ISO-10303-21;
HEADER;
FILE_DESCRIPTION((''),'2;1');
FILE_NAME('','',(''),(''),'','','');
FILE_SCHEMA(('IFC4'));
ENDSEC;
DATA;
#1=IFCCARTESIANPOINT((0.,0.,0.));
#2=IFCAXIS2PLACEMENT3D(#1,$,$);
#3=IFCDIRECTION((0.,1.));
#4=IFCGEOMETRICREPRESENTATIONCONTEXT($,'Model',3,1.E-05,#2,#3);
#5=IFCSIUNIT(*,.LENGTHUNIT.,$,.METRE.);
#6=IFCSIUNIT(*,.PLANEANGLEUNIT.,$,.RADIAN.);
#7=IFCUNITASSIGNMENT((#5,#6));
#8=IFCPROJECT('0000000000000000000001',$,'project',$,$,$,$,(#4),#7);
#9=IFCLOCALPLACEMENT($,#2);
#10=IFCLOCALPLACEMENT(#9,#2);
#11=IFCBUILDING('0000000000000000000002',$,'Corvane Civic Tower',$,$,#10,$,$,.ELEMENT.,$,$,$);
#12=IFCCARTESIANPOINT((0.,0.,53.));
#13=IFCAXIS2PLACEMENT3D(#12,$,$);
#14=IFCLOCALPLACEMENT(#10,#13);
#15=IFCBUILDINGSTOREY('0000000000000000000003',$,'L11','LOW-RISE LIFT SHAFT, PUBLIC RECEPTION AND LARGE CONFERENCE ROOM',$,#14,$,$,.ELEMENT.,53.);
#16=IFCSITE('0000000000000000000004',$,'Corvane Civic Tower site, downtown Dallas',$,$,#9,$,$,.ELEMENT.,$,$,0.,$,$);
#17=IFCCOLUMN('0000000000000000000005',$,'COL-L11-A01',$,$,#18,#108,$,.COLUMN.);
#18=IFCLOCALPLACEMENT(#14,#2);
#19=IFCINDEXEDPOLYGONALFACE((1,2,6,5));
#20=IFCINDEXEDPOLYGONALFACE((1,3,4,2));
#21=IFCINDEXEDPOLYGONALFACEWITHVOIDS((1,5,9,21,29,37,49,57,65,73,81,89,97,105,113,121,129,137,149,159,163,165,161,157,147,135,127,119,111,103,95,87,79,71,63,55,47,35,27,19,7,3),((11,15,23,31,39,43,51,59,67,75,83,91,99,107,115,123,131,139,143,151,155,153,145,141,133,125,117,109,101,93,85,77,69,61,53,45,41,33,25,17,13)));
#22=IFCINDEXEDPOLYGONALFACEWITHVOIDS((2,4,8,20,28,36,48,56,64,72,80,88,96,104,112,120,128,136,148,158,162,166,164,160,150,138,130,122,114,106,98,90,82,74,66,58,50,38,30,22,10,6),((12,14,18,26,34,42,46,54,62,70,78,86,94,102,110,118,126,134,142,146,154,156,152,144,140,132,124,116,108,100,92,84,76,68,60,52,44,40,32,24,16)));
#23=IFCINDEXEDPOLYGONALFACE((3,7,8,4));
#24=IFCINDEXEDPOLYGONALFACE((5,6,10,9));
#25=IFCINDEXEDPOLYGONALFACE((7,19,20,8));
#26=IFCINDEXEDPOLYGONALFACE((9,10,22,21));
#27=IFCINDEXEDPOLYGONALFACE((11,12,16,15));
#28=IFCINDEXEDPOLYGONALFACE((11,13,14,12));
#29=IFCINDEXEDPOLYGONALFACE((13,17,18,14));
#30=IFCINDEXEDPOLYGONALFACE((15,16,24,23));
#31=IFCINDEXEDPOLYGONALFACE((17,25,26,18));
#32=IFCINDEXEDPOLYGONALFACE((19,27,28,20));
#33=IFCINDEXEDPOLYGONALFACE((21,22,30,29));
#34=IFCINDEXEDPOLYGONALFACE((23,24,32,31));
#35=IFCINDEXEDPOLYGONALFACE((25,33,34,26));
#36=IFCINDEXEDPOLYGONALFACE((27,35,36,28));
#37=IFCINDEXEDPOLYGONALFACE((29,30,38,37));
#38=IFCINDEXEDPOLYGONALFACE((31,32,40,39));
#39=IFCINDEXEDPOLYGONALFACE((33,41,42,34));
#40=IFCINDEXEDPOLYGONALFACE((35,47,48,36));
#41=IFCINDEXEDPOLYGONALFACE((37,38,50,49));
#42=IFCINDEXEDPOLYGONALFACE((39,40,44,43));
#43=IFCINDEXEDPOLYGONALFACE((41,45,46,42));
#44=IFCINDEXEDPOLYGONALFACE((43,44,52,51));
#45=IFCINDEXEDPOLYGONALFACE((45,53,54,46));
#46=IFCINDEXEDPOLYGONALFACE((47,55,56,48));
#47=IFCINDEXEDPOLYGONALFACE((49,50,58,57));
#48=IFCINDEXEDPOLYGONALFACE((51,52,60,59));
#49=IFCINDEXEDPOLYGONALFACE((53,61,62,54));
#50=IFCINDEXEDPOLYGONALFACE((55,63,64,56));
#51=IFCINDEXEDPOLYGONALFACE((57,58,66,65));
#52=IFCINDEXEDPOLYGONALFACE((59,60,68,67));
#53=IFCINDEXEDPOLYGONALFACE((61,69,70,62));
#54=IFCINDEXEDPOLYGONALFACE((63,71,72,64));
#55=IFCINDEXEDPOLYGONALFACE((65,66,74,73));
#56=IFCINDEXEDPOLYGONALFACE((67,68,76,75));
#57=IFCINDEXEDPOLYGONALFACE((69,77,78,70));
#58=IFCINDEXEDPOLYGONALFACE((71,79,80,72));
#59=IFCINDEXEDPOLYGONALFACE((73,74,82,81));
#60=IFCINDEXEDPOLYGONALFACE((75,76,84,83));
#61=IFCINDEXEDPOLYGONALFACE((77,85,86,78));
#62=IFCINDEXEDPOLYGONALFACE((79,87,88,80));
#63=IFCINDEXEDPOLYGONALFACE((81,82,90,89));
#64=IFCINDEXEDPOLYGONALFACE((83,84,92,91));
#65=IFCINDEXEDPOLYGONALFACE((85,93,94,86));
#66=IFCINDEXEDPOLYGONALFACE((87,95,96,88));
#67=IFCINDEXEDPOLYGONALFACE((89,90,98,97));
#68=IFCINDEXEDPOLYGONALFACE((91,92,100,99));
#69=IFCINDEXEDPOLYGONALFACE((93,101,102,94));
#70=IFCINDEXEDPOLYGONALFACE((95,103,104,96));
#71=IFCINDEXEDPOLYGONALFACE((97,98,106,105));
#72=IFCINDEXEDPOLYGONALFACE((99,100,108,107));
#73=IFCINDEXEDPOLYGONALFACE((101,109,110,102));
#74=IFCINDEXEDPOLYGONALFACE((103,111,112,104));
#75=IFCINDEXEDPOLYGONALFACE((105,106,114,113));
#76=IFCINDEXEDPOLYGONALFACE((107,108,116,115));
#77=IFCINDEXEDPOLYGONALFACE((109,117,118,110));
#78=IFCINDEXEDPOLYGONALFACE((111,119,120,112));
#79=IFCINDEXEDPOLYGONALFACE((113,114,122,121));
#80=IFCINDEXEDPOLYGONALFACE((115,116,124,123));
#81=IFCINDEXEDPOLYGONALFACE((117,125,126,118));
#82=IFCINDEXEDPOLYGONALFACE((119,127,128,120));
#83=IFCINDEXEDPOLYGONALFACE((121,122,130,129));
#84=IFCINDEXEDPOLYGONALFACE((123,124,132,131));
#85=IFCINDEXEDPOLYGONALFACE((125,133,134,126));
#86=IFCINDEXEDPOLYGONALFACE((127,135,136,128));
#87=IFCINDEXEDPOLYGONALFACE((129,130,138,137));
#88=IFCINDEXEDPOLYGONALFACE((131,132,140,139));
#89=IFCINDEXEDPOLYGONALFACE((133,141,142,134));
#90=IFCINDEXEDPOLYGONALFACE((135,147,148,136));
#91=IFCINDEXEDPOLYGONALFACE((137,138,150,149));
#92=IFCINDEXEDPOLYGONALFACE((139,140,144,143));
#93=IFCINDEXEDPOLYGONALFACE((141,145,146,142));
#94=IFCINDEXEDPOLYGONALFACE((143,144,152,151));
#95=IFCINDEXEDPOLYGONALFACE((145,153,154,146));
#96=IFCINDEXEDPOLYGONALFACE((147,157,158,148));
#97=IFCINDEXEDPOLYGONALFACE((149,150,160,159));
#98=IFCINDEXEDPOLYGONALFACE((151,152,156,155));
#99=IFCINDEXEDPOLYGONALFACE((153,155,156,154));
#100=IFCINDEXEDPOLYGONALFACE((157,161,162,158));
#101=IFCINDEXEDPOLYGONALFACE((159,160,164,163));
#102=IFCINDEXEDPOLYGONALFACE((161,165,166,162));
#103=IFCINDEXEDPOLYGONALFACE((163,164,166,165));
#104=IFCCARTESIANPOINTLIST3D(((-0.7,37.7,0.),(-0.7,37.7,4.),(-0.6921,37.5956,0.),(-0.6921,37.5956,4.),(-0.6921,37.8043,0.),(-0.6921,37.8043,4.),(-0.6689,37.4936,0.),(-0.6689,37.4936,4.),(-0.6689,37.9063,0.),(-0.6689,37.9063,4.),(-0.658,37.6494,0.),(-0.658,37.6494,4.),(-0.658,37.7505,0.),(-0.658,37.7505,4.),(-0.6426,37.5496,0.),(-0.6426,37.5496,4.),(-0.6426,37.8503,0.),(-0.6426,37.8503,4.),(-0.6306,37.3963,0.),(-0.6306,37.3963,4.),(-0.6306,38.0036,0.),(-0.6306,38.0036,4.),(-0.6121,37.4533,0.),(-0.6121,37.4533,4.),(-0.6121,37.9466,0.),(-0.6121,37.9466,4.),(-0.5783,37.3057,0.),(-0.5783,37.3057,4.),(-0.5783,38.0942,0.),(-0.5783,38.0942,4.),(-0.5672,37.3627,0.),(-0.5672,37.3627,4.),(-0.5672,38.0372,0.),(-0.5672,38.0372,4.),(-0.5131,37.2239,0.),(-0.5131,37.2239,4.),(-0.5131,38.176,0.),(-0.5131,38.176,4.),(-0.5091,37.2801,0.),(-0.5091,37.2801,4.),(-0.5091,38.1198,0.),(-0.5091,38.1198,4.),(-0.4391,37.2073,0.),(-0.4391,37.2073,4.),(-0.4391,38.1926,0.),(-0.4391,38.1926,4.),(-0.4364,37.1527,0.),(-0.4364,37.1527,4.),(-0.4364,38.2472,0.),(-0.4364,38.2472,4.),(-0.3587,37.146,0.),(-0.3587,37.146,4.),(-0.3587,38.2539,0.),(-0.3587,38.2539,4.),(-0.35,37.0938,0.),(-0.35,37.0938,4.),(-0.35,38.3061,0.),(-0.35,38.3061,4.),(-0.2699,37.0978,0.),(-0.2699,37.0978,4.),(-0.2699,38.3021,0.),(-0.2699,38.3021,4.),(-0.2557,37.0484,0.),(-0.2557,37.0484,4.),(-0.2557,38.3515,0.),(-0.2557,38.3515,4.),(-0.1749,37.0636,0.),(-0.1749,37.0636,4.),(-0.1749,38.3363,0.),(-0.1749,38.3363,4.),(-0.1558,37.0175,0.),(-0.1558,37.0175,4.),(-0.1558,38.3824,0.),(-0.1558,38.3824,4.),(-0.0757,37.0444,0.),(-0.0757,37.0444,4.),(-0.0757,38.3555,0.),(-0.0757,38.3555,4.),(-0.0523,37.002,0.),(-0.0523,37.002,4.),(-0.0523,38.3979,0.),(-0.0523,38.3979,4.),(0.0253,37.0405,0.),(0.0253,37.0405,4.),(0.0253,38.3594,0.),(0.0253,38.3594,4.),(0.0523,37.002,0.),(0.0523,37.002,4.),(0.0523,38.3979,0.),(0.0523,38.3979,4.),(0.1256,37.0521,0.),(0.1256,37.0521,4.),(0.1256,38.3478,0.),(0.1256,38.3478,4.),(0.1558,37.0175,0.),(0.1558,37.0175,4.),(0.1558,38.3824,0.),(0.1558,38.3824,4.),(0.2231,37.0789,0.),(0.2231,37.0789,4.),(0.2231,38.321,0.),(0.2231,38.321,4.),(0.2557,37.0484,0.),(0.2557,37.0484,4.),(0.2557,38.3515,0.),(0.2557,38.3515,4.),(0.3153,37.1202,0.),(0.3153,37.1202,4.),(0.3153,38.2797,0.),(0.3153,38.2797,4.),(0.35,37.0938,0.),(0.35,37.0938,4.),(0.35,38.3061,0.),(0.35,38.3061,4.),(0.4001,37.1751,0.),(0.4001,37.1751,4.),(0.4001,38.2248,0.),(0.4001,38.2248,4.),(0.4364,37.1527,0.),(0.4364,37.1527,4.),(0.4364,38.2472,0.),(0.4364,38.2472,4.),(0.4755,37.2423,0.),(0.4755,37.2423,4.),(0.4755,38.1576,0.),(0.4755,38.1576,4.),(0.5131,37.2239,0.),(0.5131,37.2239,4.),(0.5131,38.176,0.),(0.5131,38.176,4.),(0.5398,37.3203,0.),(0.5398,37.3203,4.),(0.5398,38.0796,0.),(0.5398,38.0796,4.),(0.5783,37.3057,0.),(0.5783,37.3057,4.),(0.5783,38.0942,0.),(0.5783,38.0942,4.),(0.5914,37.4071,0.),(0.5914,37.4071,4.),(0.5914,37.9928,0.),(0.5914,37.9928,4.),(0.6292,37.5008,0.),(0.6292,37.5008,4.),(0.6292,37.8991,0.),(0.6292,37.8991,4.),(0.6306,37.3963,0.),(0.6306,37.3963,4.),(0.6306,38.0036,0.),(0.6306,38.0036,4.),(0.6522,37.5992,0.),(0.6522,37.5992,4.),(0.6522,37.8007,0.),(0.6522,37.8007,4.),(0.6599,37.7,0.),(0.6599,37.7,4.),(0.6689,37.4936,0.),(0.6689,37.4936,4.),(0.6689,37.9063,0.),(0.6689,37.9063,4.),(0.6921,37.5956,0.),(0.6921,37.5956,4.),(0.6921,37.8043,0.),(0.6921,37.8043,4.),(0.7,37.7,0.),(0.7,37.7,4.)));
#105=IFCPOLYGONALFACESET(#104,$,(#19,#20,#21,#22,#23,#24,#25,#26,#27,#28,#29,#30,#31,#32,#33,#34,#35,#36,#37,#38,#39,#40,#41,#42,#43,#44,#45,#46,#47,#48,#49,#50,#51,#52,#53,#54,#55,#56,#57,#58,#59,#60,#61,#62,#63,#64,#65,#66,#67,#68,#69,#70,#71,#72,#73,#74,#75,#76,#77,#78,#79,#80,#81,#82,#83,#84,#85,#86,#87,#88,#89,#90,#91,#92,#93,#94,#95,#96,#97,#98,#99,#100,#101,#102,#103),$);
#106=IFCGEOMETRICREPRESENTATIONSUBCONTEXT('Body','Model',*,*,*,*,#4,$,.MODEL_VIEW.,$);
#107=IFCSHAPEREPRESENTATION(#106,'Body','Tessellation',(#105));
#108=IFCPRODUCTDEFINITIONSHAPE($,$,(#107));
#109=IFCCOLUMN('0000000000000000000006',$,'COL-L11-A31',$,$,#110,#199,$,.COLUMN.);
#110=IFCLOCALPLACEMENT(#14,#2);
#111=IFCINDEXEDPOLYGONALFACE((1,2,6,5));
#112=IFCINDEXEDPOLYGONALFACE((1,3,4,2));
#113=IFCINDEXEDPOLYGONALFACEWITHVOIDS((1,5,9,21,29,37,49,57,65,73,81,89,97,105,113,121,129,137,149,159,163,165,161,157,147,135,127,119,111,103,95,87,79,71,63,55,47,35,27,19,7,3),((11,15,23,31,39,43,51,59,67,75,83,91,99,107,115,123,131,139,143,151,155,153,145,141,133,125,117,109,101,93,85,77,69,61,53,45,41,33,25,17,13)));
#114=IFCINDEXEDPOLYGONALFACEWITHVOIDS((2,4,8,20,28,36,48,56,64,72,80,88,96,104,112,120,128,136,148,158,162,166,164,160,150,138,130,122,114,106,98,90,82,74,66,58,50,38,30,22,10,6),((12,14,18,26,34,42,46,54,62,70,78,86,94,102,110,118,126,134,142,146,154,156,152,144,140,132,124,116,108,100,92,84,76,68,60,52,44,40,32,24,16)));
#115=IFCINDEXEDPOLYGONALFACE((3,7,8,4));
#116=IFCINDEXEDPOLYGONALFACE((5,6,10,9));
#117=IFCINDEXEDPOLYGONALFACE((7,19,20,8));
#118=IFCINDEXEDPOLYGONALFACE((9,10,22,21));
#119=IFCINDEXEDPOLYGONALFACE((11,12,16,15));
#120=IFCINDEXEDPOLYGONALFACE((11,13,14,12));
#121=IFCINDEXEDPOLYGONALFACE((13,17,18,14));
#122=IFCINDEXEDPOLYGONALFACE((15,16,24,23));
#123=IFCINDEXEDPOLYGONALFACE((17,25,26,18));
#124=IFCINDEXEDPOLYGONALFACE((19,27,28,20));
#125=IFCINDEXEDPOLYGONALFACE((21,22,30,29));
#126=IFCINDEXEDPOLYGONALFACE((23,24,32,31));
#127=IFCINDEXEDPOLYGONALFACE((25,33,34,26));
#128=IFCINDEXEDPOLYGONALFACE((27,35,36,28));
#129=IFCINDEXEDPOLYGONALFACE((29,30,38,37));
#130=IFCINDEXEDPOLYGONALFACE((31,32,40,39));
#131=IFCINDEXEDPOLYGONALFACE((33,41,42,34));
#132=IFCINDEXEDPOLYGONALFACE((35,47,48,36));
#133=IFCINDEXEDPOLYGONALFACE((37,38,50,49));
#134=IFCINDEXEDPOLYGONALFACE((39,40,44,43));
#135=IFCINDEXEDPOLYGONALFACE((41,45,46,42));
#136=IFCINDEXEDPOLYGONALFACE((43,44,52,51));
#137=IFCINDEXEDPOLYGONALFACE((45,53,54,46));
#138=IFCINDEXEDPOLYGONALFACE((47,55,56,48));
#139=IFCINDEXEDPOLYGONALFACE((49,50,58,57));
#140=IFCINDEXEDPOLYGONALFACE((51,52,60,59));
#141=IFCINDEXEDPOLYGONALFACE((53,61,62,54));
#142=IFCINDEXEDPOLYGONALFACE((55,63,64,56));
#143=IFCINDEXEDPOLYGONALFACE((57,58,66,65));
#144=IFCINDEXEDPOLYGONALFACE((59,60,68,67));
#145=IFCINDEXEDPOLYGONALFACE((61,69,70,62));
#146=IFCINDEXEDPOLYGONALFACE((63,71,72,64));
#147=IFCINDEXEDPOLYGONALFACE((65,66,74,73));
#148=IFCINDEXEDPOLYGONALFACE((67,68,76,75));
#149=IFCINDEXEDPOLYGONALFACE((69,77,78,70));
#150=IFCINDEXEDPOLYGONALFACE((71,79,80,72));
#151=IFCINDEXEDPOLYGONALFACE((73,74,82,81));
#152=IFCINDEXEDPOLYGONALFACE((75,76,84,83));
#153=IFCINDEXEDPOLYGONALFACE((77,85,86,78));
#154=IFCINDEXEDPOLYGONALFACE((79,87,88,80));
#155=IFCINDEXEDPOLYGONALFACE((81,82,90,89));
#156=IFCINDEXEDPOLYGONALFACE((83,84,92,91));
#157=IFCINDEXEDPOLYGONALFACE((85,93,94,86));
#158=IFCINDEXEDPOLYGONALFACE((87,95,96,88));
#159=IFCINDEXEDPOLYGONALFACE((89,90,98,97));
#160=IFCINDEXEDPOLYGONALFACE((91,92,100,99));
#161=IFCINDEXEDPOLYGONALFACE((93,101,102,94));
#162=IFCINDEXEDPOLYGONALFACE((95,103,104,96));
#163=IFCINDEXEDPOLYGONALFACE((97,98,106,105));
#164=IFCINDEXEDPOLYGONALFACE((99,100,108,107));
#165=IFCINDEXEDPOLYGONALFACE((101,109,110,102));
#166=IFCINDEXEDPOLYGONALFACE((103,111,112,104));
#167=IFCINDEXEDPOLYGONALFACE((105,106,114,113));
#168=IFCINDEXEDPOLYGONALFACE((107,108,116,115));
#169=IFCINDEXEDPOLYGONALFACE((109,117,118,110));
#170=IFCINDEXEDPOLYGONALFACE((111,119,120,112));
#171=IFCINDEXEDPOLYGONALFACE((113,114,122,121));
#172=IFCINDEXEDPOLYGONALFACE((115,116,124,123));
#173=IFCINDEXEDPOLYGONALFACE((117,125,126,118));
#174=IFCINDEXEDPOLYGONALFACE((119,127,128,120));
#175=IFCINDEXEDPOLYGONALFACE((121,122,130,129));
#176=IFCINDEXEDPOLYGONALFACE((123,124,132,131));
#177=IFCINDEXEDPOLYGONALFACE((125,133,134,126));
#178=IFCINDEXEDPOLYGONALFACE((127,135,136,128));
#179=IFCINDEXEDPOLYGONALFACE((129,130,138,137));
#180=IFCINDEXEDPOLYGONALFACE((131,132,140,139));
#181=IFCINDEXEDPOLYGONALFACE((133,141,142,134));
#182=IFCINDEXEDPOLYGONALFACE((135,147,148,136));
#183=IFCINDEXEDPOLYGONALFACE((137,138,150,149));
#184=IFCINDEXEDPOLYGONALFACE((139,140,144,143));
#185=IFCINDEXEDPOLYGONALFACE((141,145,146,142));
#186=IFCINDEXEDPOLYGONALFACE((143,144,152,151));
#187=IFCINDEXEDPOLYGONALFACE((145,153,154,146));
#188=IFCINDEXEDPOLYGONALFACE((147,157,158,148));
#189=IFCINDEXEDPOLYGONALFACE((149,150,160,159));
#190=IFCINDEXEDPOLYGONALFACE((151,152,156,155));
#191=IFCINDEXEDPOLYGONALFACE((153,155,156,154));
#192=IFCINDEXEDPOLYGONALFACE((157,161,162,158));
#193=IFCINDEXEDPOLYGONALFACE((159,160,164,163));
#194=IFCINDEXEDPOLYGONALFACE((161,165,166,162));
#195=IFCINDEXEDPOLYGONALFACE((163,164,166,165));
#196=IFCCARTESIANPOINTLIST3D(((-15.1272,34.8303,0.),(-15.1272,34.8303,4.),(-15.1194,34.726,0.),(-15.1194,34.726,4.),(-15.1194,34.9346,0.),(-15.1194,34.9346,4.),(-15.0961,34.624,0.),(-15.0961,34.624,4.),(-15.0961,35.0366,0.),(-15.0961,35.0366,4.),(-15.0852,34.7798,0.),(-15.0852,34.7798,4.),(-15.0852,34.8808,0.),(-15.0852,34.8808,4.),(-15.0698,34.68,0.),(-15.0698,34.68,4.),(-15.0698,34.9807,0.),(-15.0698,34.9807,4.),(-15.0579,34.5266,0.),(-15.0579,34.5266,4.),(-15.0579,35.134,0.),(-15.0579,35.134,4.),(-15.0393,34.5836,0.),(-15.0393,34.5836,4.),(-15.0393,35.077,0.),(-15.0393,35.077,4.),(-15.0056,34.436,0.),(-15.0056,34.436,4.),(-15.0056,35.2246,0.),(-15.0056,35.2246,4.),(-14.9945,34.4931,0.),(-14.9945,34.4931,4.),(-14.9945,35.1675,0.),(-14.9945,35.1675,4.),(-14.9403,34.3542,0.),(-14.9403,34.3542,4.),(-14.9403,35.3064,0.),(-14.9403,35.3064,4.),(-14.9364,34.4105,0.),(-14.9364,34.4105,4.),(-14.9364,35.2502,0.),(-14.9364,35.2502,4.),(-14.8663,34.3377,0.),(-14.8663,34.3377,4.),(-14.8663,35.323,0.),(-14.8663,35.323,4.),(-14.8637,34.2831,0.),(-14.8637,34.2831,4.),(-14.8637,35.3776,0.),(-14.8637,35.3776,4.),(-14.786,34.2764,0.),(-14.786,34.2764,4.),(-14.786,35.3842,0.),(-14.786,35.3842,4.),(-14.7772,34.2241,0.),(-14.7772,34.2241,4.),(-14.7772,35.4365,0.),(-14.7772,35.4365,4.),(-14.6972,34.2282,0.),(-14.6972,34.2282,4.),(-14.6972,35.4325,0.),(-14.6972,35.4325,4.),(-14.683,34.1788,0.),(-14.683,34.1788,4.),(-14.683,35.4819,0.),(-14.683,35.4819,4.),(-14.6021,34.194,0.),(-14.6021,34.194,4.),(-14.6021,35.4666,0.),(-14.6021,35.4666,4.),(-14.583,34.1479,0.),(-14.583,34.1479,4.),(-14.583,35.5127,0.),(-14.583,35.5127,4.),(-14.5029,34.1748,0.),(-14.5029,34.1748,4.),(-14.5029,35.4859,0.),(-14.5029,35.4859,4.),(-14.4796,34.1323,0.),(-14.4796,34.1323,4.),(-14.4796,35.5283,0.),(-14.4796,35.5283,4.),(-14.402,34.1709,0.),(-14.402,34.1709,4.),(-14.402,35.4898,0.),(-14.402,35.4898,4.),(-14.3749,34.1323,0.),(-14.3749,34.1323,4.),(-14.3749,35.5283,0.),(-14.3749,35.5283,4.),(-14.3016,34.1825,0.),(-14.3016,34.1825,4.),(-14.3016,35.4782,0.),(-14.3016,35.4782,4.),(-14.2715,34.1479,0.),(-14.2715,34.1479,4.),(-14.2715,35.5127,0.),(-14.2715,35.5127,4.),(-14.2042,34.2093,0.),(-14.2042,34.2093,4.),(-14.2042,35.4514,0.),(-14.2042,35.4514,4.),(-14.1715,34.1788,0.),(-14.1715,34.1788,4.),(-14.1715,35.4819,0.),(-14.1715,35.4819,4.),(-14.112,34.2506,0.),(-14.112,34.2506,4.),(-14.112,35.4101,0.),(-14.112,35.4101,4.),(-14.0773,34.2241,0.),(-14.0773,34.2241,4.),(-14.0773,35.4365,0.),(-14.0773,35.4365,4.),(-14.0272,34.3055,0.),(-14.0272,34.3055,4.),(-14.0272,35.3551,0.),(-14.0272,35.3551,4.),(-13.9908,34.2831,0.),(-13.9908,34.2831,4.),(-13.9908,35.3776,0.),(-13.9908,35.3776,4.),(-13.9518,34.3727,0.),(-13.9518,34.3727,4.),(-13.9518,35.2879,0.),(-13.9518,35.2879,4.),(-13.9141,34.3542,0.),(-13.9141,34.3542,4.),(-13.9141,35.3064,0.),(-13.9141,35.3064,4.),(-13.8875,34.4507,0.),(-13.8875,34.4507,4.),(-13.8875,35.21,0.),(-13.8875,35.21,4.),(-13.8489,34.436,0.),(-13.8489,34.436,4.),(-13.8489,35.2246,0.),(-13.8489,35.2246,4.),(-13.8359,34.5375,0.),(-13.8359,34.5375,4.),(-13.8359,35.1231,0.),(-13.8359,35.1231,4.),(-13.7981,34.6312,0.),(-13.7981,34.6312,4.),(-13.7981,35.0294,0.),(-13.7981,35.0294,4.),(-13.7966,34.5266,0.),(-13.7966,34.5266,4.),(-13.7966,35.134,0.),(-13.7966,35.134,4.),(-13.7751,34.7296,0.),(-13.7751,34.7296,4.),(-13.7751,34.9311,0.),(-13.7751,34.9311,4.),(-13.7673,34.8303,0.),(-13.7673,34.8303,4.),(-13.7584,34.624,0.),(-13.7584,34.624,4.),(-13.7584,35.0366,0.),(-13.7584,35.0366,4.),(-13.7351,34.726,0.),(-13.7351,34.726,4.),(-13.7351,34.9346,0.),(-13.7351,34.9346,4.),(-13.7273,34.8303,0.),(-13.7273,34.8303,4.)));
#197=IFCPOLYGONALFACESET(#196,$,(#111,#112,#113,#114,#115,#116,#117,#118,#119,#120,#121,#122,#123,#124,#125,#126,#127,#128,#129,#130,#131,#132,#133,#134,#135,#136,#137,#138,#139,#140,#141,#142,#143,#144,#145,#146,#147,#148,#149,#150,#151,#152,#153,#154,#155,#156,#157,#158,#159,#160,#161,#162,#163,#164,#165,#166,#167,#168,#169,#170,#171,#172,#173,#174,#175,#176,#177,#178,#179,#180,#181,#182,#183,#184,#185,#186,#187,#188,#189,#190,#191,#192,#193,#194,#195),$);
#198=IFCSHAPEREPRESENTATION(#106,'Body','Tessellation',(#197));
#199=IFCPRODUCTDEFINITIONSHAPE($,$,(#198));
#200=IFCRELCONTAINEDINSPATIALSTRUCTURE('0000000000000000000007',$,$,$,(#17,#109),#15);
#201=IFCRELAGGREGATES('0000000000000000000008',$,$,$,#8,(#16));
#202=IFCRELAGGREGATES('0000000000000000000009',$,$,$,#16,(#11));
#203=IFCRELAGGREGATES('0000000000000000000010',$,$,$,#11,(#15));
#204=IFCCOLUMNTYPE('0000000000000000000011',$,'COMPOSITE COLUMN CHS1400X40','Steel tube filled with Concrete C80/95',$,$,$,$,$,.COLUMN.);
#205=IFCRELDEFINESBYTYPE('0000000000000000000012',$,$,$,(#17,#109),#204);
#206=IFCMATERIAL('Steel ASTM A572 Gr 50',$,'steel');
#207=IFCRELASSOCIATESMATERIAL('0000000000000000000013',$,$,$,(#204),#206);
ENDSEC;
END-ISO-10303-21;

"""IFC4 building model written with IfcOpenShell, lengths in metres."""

from ifc_helpers import new_model, si_unit, direction, frame, origin, origin_2d, place, context, subcontext, project, spatial, hollow_circle, extrude, material, material_profile, profile_set, type_object, element, save


model = new_model("IFC4")

# Units and contexts
model_context = context("Model", 3, precision=1e-05, world=origin(), true_north=direction((0.0, 1.0)))
body_context = subcontext(model_context, "Body", "Model", "MODEL_VIEW")
ifc_project = project(units=[si_unit("LENGTHUNIT", "METRE"), si_unit("PLANEANGLEUNIT", "RADIAN")], contexts=[model_context])

# Site, building, storey
site_placement = place(None, origin())
site = spatial("IfcSite", under=ifc_project, at=site_placement, Name="Corvane Civic Tower site, downtown Dallas", CompositionType="ELEMENT", RefElevation=0.0)
building_placement = place(site_placement, origin())
building = spatial("IfcBuilding", under=site, at=building_placement, Name="Corvane Civic Tower", CompositionType="ELEMENT")
storey_placement = place(building_placement, frame((0.0, 0.0, 53.0)))
storey = spatial("IfcBuildingStorey", under=building, at=storey_placement, Name="L11", Description="LOW-RISE LIFT SHAFT, PUBLIC RECEPTION AND LARGE CONFERENCE ROOM", CompositionType="ELEMENT", Elevation=53.0)

# Columns
ifc_material_1 = material(Name="Steel ASTM A572 Gr 50", Category="steel")
ifc_material_profile_1 = material_profile(ifc_material_1, hollow_circle(Radius=0.7, WallThickness=0.04, at=origin_2d()), Name="CHS1400X40")
ifc_profile_set_1 = profile_set([ifc_material_profile_1], Name="Steel ASTM A572 Gr 50")
column_type = type_object("IfcColumnType", Name="COMPOSITE COLUMN CHS1400X40", Description="Steel tube filled with Concrete C80/95", PredefinedType="COLUMN", material=ifc_profile_set_1)
for number, where, z_axis, x_axis, name in (
    (1, (0.0, 37.7, 0.0), (0.0, 0.0, 1.0), (1.0, 0.0, 0.0), "COL-L11-A01"),
    (2, (-14.4272, 34.8303, 0.0), (0.0, 0.0, 1.0), (1.0, 0.0, 0.0), "COL-L11-A31"),
):
    element("IfcColumn", number, at=place(storey_placement, frame(where, z_axis=z_axis, x_axis=x_axis)), inside=storey, type_object=column_type, Name=name, PredefinedType="COLUMN", context=body_context, shape_type="SweptSolid", body=[
        extrude(hollow_circle(Radius=0.7, WallThickness=0.04, at=origin_2d()), origin(), (0.0, 0.0, 1.0), 4.0),
    ])

save(model, "model.ifc")
